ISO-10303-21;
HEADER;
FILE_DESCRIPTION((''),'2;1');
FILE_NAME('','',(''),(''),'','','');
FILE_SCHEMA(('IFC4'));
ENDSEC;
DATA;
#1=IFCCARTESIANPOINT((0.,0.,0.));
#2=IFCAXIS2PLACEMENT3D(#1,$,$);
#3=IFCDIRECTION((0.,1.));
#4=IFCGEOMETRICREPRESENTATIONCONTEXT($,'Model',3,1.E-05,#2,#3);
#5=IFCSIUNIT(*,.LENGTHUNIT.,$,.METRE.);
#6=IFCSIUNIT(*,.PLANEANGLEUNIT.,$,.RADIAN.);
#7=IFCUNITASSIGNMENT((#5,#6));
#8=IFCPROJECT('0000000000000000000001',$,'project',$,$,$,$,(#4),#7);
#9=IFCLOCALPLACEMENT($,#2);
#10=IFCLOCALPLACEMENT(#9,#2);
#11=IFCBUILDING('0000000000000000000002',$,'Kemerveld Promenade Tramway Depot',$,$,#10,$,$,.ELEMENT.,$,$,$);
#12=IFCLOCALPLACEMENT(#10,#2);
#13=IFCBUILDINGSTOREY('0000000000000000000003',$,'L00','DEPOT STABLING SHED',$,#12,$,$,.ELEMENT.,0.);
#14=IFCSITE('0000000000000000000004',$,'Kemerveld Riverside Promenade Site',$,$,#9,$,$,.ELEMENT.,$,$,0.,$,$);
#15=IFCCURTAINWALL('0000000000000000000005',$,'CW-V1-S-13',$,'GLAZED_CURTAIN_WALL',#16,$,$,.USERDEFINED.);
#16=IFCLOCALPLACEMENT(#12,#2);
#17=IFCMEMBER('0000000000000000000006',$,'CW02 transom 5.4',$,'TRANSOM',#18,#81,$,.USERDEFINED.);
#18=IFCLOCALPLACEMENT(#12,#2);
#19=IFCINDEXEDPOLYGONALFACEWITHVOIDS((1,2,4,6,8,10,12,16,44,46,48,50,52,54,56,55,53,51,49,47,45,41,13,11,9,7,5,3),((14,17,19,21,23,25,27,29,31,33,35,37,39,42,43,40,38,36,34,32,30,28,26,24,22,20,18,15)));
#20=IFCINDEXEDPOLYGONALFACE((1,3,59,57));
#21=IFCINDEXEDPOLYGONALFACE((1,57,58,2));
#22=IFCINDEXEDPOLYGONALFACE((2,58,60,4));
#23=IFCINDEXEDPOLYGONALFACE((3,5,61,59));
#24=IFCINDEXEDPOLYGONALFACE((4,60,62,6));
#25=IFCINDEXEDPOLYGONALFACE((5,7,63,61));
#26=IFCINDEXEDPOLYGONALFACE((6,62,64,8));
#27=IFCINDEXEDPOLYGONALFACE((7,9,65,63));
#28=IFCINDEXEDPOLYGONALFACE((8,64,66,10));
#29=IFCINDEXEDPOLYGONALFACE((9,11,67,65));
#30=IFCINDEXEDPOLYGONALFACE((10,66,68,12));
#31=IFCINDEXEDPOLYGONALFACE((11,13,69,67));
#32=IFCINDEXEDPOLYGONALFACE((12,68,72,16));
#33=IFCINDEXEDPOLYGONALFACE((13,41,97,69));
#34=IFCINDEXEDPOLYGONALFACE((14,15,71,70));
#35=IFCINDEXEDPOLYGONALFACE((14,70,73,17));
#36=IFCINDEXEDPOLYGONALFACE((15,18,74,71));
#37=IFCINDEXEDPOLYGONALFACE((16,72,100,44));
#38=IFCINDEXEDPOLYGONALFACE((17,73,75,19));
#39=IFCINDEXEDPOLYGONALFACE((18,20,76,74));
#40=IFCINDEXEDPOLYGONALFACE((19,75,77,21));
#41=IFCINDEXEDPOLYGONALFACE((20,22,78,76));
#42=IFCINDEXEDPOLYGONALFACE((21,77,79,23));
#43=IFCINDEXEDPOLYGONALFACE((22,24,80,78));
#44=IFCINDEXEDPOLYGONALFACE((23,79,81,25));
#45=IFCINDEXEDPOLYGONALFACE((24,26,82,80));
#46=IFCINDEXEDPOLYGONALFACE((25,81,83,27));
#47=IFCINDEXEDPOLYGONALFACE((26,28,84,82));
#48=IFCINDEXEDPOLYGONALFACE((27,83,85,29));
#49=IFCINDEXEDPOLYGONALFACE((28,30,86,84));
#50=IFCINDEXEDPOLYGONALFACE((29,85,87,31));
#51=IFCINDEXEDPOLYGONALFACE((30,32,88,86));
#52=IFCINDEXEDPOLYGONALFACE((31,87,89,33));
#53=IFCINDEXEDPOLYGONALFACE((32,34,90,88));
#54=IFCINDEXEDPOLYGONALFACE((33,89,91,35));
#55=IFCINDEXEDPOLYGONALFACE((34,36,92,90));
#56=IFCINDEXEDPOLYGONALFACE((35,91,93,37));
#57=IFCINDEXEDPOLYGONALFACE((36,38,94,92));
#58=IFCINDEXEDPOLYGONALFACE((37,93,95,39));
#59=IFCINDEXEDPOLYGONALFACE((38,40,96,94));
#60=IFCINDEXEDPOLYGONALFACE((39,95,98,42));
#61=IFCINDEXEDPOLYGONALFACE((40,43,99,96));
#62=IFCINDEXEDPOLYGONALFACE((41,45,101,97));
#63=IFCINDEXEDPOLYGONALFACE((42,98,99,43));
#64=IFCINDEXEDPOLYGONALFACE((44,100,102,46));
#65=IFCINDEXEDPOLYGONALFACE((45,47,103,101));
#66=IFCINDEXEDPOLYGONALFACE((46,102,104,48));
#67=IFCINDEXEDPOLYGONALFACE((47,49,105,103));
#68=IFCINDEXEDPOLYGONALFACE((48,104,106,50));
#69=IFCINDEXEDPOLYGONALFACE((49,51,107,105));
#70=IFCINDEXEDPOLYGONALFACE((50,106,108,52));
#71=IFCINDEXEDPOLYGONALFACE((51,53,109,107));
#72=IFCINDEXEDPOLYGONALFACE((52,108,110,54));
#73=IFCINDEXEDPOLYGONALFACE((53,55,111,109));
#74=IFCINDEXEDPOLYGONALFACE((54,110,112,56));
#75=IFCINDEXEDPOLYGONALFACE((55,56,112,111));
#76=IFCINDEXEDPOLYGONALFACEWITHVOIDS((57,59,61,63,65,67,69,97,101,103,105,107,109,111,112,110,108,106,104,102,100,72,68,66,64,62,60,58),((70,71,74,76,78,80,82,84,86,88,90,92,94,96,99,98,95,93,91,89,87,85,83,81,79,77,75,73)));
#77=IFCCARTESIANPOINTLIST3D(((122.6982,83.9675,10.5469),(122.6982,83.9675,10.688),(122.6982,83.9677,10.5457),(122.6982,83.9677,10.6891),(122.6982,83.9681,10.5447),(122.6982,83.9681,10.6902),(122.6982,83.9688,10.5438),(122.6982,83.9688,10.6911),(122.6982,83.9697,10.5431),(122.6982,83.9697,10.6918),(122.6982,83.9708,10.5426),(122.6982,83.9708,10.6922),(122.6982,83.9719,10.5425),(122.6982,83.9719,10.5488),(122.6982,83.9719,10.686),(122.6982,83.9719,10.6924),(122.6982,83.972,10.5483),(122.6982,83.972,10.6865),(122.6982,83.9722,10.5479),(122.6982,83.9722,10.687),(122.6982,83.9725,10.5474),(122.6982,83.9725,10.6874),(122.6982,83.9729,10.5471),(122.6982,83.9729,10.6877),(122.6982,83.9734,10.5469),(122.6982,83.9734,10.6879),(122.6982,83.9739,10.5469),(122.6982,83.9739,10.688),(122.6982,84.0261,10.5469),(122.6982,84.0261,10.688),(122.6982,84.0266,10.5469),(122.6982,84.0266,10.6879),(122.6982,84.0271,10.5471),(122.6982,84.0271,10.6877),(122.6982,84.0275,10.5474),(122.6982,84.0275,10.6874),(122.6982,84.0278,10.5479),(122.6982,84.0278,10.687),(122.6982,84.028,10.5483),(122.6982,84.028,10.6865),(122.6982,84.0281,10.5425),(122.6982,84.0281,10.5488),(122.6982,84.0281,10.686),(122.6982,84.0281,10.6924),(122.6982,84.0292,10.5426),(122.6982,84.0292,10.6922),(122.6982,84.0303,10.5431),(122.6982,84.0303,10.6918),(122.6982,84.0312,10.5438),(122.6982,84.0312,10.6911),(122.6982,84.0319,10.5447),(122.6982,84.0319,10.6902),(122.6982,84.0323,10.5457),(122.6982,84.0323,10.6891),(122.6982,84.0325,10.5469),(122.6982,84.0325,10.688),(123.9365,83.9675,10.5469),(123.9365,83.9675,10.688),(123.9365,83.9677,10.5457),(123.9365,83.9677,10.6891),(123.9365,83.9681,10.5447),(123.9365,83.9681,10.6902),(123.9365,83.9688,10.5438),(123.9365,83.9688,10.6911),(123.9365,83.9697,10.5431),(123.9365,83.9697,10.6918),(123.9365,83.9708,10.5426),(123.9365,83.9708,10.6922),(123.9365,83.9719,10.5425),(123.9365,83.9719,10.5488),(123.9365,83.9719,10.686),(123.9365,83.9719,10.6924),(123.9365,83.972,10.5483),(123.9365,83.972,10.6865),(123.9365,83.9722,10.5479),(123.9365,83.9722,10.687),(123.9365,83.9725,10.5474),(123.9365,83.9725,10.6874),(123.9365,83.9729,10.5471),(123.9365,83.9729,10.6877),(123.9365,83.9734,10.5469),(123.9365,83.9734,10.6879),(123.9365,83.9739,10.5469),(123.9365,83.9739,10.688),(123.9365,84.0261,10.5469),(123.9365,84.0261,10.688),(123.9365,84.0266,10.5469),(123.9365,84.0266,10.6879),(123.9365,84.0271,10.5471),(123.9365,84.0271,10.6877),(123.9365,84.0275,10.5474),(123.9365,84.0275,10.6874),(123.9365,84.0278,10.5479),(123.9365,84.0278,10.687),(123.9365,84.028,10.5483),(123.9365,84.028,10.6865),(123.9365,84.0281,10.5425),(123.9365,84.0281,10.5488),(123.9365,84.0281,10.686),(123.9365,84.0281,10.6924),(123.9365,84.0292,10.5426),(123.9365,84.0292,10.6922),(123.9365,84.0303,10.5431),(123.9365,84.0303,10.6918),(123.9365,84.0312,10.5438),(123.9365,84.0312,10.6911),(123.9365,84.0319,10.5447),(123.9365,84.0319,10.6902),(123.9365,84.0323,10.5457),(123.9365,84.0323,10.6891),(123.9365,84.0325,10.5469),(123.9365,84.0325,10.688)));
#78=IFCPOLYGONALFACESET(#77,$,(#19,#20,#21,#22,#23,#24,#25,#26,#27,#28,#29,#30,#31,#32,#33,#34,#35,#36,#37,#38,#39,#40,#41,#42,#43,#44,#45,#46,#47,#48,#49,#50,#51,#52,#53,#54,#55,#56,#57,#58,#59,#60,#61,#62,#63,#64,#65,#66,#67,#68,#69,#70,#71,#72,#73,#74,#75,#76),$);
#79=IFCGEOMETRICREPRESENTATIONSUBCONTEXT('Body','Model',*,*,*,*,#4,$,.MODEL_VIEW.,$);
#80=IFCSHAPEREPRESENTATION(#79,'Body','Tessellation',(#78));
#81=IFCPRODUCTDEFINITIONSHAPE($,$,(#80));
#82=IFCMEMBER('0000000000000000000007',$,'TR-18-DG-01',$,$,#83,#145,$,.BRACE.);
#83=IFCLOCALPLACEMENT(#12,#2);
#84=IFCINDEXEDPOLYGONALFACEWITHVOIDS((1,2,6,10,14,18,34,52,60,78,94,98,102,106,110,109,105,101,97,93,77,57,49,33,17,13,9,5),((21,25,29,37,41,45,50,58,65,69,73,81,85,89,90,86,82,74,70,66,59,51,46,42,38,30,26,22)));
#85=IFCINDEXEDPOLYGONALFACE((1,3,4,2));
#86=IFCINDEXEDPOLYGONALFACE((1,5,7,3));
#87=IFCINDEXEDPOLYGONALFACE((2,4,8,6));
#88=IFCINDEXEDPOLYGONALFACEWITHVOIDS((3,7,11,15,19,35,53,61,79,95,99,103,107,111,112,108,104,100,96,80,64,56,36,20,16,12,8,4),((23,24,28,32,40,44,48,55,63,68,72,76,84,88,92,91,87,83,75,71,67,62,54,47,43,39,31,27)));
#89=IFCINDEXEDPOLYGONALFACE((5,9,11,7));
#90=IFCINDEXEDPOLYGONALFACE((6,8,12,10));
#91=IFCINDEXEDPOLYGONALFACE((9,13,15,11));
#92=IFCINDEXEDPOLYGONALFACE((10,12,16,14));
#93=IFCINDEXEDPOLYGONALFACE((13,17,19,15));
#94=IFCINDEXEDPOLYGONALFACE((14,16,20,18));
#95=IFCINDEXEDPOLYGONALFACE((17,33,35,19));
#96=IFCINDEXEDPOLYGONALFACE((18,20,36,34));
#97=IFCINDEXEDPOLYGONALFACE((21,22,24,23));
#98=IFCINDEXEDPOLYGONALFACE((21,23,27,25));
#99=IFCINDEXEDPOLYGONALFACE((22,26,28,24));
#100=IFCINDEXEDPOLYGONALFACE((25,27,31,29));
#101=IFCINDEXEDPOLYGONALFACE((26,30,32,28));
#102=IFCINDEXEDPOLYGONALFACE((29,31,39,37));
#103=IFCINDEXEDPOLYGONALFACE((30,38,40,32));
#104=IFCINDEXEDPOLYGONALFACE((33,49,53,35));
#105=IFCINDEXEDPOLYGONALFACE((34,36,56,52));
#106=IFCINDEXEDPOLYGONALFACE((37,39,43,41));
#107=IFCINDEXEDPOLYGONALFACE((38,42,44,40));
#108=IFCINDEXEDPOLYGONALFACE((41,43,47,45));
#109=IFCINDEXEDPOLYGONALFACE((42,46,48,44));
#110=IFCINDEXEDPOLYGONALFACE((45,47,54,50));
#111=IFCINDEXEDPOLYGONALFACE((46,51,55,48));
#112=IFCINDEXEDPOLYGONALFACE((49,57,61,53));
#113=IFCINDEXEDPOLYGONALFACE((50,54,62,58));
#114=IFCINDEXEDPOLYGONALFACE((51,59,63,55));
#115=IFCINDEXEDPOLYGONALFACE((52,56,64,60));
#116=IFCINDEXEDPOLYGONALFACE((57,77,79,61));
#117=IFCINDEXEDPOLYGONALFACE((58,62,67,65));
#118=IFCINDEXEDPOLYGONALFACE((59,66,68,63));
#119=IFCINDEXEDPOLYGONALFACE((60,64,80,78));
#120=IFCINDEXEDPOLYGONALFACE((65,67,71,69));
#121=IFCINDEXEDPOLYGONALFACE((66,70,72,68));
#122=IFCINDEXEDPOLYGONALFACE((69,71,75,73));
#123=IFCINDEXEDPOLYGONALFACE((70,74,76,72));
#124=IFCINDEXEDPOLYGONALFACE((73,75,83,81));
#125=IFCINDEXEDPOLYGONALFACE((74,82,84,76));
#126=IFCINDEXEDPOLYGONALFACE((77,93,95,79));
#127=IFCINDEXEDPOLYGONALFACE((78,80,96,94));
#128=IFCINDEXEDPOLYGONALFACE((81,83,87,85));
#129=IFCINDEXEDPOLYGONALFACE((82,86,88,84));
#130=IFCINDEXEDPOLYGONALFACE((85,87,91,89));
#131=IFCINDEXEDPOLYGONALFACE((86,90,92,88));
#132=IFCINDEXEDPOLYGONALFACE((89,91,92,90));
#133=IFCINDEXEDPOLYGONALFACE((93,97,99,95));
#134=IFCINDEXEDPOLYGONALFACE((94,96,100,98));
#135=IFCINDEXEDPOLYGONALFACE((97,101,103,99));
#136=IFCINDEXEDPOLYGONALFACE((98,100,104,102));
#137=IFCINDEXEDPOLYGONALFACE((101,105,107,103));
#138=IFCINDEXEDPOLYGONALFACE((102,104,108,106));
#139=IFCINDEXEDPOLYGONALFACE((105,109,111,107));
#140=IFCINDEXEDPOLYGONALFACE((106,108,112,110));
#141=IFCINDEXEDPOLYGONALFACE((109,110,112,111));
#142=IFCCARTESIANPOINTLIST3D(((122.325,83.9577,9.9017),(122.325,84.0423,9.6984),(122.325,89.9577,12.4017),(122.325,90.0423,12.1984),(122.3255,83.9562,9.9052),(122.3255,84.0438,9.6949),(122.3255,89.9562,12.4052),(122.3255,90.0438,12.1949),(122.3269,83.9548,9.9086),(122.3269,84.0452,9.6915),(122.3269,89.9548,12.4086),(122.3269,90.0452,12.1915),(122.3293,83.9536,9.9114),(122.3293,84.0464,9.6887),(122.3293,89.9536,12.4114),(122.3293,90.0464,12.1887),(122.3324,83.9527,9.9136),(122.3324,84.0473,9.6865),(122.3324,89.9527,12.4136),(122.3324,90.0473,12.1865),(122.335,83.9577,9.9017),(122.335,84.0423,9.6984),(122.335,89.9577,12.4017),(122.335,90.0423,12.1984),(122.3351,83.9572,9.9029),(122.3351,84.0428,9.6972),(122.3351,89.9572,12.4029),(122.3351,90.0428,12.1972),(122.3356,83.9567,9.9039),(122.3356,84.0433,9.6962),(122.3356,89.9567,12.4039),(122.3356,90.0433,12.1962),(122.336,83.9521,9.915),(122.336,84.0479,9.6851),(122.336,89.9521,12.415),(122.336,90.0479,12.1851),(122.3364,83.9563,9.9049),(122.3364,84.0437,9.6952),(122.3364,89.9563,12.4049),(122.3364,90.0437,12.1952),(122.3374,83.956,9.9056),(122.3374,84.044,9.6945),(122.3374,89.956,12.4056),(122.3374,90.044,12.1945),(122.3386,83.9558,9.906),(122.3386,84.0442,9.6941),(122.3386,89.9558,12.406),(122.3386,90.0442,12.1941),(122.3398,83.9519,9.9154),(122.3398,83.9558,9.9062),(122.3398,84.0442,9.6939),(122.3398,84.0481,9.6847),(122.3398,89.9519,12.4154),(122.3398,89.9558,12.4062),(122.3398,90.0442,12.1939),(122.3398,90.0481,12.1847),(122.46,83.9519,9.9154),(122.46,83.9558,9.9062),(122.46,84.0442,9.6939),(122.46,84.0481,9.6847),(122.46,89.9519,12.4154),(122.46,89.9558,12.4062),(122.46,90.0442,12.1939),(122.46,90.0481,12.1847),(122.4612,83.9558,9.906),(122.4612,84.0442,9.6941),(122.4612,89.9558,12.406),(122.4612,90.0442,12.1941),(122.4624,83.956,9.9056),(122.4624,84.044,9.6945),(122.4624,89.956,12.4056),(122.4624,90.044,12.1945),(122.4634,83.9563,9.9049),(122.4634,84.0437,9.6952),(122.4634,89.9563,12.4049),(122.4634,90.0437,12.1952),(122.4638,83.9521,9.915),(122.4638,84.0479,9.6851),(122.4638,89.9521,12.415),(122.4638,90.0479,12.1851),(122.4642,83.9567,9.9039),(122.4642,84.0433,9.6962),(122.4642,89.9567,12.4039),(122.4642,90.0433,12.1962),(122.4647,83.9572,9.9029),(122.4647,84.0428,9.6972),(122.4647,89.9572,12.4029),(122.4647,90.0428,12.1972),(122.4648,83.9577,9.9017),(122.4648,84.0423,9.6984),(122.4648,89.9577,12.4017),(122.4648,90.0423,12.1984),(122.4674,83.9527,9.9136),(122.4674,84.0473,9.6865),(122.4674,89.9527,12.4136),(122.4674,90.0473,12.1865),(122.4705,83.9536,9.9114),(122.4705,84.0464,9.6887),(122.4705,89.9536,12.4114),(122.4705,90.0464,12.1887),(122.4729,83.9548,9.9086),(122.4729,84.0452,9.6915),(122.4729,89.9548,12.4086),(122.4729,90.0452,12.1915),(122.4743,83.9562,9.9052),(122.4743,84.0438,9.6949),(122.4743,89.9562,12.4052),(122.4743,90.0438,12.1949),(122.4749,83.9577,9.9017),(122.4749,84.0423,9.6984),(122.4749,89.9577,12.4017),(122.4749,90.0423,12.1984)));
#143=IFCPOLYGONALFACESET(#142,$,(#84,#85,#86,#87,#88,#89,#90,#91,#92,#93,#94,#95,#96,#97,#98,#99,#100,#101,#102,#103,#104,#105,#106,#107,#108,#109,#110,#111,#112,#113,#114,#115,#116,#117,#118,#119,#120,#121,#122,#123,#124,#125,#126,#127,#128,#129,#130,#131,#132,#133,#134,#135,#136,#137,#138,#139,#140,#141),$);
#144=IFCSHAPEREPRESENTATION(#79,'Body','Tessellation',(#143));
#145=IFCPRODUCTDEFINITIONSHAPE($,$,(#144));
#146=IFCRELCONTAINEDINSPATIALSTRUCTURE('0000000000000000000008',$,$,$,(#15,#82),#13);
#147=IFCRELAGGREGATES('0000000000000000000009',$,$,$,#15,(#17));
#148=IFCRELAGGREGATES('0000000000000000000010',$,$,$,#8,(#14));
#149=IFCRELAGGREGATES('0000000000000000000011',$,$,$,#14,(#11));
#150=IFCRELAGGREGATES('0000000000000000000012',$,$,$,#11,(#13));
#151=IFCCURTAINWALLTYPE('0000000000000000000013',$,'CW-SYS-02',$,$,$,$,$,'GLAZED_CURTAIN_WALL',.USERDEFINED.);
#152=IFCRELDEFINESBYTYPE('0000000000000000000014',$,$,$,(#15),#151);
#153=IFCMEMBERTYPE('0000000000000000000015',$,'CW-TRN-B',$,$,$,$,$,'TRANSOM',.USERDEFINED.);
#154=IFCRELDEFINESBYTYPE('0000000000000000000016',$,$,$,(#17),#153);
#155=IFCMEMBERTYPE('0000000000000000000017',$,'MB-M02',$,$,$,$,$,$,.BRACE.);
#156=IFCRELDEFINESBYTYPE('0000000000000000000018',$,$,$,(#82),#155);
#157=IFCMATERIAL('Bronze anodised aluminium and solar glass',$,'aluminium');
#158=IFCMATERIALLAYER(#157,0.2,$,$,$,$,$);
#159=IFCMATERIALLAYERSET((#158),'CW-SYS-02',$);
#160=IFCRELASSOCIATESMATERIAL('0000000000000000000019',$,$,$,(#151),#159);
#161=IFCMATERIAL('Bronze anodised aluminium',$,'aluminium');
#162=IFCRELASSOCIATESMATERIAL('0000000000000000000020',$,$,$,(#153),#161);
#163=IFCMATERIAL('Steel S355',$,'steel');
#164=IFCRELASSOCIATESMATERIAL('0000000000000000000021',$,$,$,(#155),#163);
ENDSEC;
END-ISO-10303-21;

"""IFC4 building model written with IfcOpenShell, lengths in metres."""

from ifc_helpers import new_model, si_unit, direction, frame, origin, origin_2d, place, context, subcontext, project, spatial, hollow_rectangle, extrude, material, layer, layer_set, material_profile, profile_set, type_object, element, aggregate, save


model = new_model("IFC4")

# Units and contexts
model_context = context("Model", 3, precision=1e-05, world=origin(), true_north=direction((0.0, 1.0)))
body_context = subcontext(model_context, "Body", "Model", "MODEL_VIEW")
ifc_project = project(units=[si_unit("LENGTHUNIT", "METRE"), si_unit("PLANEANGLEUNIT", "RADIAN")], contexts=[model_context])

# Site, building, storey
site_placement = place(None, origin())
site = spatial("IfcSite", under=ifc_project, at=site_placement, Name="Kemerveld Riverside Promenade Site", CompositionType="ELEMENT", RefElevation=0.0)
building_placement = place(site_placement, origin())
building = spatial("IfcBuilding", under=site, at=building_placement, Name="Kemerveld Promenade Tramway Depot", CompositionType="ELEMENT")
storey_placement = place(building_placement, origin())
storey = spatial("IfcBuildingStorey", under=building, at=storey_placement, Name="L00", Description="DEPOT STABLING SHED", CompositionType="ELEMENT", Elevation=0.0)

# Shared definitions
ifc_material_1 = material(Name="Steel S355", Category="steel")

# Curtain wall, member
ifc_material_2 = material(Name="Bronze anodised aluminium and solar glass", Category="aluminium")
ifc_material_3 = material(Name="Bronze anodised aluminium", Category="aluminium")
ifc_layer_1 = layer(ifc_material_2, 0.2)
ifc_layer_set_1 = layer_set([ifc_layer_1], Name="CW-SYS-02")
curtain_wall_type_1 = type_object("IfcCurtainWallType", Name="CW-SYS-02", ElementType="GLAZED_CURTAIN_WALL", PredefinedType="USERDEFINED", material=ifc_layer_set_1)
curtain_wall_1_placement = place(storey_placement, origin())
curtain_wall_1 = element("IfcCurtainWall", 1, at=curtain_wall_1_placement, inside=storey, type_object=curtain_wall_type_1, Name="CW-V1-S-13", ObjectType="GLAZED_CURTAIN_WALL", PredefinedType="USERDEFINED")
ifc_material_profile_1 = material_profile(ifc_material_3, hollow_rectangle(XDim=0.0649, YDim=0.1499, WallThickness=0.0044, InnerFilletRadius=0.002, OuterFilletRadius=0.0044, at=origin_2d()), Name="CW-TRN-150x65")
ifc_profile_set_1 = profile_set([ifc_material_profile_1], Name="Bronze anodised aluminium")
member_type_1 = type_object("IfcMemberType", Name="CW-TRN-B", ElementType="TRANSOM", PredefinedType="USERDEFINED", material=ifc_profile_set_1)
member_1_placement = place(storey_placement, frame((123.9365, 84.0, 10.6174), z_axis=(-1.0, 0.0, 0.0), x_axis=(0.0, -1.0, 0.0)))
member_1 = element("IfcMember", 2, at=member_1_placement, type_object=member_type_1, Name="CW02 transom 5.4", ObjectType="TRANSOM", PredefinedType="USERDEFINED", context=body_context, shape_type="SweptSolid", body=[
    extrude(hollow_rectangle(XDim=0.0649, YDim=0.1499, WallThickness=0.0044, InnerFilletRadius=0.002, OuterFilletRadius=0.0044, at=origin_2d()), origin(), (0.0, 0.0, 1.0), 1.2383),
])

# Member
ifc_material_profile_2 = material_profile(ifc_material_1, hollow_rectangle(XDim=0.1499, YDim=0.25, WallThickness=0.01, InnerFilletRadius=0.0049, OuterFilletRadius=0.0149, at=origin_2d()), Name="250x150x10.0 RHS")
ifc_profile_set_2 = profile_set([ifc_material_profile_2], Name="Steel S355")
member_type_2 = type_object("IfcMemberType", Name="MB-M02", PredefinedType="BRACE", material=ifc_profile_set_2)
member_2_placement = place(storey_placement, frame((122.3999, 84.0, 9.8), z_axis=(0.0, 0.923077, 0.384615), x_axis=(-1.0, 0.0, 0.0)))
element("IfcMember", 3, at=member_2_placement, inside=storey, type_object=member_type_2, Name="TR-18-DG-01", PredefinedType="BRACE", context=body_context, shape_type="SweptSolid", body=[
    extrude(hollow_rectangle(XDim=0.1499, YDim=0.25, WallThickness=0.01, InnerFilletRadius=0.0049, OuterFilletRadius=0.0149, at=origin_2d()), origin(), (0.0, 0.0, 1.0), 6.5),
])

aggregate(curtain_wall_1, [member_1])

save(model, "model.ifc")
